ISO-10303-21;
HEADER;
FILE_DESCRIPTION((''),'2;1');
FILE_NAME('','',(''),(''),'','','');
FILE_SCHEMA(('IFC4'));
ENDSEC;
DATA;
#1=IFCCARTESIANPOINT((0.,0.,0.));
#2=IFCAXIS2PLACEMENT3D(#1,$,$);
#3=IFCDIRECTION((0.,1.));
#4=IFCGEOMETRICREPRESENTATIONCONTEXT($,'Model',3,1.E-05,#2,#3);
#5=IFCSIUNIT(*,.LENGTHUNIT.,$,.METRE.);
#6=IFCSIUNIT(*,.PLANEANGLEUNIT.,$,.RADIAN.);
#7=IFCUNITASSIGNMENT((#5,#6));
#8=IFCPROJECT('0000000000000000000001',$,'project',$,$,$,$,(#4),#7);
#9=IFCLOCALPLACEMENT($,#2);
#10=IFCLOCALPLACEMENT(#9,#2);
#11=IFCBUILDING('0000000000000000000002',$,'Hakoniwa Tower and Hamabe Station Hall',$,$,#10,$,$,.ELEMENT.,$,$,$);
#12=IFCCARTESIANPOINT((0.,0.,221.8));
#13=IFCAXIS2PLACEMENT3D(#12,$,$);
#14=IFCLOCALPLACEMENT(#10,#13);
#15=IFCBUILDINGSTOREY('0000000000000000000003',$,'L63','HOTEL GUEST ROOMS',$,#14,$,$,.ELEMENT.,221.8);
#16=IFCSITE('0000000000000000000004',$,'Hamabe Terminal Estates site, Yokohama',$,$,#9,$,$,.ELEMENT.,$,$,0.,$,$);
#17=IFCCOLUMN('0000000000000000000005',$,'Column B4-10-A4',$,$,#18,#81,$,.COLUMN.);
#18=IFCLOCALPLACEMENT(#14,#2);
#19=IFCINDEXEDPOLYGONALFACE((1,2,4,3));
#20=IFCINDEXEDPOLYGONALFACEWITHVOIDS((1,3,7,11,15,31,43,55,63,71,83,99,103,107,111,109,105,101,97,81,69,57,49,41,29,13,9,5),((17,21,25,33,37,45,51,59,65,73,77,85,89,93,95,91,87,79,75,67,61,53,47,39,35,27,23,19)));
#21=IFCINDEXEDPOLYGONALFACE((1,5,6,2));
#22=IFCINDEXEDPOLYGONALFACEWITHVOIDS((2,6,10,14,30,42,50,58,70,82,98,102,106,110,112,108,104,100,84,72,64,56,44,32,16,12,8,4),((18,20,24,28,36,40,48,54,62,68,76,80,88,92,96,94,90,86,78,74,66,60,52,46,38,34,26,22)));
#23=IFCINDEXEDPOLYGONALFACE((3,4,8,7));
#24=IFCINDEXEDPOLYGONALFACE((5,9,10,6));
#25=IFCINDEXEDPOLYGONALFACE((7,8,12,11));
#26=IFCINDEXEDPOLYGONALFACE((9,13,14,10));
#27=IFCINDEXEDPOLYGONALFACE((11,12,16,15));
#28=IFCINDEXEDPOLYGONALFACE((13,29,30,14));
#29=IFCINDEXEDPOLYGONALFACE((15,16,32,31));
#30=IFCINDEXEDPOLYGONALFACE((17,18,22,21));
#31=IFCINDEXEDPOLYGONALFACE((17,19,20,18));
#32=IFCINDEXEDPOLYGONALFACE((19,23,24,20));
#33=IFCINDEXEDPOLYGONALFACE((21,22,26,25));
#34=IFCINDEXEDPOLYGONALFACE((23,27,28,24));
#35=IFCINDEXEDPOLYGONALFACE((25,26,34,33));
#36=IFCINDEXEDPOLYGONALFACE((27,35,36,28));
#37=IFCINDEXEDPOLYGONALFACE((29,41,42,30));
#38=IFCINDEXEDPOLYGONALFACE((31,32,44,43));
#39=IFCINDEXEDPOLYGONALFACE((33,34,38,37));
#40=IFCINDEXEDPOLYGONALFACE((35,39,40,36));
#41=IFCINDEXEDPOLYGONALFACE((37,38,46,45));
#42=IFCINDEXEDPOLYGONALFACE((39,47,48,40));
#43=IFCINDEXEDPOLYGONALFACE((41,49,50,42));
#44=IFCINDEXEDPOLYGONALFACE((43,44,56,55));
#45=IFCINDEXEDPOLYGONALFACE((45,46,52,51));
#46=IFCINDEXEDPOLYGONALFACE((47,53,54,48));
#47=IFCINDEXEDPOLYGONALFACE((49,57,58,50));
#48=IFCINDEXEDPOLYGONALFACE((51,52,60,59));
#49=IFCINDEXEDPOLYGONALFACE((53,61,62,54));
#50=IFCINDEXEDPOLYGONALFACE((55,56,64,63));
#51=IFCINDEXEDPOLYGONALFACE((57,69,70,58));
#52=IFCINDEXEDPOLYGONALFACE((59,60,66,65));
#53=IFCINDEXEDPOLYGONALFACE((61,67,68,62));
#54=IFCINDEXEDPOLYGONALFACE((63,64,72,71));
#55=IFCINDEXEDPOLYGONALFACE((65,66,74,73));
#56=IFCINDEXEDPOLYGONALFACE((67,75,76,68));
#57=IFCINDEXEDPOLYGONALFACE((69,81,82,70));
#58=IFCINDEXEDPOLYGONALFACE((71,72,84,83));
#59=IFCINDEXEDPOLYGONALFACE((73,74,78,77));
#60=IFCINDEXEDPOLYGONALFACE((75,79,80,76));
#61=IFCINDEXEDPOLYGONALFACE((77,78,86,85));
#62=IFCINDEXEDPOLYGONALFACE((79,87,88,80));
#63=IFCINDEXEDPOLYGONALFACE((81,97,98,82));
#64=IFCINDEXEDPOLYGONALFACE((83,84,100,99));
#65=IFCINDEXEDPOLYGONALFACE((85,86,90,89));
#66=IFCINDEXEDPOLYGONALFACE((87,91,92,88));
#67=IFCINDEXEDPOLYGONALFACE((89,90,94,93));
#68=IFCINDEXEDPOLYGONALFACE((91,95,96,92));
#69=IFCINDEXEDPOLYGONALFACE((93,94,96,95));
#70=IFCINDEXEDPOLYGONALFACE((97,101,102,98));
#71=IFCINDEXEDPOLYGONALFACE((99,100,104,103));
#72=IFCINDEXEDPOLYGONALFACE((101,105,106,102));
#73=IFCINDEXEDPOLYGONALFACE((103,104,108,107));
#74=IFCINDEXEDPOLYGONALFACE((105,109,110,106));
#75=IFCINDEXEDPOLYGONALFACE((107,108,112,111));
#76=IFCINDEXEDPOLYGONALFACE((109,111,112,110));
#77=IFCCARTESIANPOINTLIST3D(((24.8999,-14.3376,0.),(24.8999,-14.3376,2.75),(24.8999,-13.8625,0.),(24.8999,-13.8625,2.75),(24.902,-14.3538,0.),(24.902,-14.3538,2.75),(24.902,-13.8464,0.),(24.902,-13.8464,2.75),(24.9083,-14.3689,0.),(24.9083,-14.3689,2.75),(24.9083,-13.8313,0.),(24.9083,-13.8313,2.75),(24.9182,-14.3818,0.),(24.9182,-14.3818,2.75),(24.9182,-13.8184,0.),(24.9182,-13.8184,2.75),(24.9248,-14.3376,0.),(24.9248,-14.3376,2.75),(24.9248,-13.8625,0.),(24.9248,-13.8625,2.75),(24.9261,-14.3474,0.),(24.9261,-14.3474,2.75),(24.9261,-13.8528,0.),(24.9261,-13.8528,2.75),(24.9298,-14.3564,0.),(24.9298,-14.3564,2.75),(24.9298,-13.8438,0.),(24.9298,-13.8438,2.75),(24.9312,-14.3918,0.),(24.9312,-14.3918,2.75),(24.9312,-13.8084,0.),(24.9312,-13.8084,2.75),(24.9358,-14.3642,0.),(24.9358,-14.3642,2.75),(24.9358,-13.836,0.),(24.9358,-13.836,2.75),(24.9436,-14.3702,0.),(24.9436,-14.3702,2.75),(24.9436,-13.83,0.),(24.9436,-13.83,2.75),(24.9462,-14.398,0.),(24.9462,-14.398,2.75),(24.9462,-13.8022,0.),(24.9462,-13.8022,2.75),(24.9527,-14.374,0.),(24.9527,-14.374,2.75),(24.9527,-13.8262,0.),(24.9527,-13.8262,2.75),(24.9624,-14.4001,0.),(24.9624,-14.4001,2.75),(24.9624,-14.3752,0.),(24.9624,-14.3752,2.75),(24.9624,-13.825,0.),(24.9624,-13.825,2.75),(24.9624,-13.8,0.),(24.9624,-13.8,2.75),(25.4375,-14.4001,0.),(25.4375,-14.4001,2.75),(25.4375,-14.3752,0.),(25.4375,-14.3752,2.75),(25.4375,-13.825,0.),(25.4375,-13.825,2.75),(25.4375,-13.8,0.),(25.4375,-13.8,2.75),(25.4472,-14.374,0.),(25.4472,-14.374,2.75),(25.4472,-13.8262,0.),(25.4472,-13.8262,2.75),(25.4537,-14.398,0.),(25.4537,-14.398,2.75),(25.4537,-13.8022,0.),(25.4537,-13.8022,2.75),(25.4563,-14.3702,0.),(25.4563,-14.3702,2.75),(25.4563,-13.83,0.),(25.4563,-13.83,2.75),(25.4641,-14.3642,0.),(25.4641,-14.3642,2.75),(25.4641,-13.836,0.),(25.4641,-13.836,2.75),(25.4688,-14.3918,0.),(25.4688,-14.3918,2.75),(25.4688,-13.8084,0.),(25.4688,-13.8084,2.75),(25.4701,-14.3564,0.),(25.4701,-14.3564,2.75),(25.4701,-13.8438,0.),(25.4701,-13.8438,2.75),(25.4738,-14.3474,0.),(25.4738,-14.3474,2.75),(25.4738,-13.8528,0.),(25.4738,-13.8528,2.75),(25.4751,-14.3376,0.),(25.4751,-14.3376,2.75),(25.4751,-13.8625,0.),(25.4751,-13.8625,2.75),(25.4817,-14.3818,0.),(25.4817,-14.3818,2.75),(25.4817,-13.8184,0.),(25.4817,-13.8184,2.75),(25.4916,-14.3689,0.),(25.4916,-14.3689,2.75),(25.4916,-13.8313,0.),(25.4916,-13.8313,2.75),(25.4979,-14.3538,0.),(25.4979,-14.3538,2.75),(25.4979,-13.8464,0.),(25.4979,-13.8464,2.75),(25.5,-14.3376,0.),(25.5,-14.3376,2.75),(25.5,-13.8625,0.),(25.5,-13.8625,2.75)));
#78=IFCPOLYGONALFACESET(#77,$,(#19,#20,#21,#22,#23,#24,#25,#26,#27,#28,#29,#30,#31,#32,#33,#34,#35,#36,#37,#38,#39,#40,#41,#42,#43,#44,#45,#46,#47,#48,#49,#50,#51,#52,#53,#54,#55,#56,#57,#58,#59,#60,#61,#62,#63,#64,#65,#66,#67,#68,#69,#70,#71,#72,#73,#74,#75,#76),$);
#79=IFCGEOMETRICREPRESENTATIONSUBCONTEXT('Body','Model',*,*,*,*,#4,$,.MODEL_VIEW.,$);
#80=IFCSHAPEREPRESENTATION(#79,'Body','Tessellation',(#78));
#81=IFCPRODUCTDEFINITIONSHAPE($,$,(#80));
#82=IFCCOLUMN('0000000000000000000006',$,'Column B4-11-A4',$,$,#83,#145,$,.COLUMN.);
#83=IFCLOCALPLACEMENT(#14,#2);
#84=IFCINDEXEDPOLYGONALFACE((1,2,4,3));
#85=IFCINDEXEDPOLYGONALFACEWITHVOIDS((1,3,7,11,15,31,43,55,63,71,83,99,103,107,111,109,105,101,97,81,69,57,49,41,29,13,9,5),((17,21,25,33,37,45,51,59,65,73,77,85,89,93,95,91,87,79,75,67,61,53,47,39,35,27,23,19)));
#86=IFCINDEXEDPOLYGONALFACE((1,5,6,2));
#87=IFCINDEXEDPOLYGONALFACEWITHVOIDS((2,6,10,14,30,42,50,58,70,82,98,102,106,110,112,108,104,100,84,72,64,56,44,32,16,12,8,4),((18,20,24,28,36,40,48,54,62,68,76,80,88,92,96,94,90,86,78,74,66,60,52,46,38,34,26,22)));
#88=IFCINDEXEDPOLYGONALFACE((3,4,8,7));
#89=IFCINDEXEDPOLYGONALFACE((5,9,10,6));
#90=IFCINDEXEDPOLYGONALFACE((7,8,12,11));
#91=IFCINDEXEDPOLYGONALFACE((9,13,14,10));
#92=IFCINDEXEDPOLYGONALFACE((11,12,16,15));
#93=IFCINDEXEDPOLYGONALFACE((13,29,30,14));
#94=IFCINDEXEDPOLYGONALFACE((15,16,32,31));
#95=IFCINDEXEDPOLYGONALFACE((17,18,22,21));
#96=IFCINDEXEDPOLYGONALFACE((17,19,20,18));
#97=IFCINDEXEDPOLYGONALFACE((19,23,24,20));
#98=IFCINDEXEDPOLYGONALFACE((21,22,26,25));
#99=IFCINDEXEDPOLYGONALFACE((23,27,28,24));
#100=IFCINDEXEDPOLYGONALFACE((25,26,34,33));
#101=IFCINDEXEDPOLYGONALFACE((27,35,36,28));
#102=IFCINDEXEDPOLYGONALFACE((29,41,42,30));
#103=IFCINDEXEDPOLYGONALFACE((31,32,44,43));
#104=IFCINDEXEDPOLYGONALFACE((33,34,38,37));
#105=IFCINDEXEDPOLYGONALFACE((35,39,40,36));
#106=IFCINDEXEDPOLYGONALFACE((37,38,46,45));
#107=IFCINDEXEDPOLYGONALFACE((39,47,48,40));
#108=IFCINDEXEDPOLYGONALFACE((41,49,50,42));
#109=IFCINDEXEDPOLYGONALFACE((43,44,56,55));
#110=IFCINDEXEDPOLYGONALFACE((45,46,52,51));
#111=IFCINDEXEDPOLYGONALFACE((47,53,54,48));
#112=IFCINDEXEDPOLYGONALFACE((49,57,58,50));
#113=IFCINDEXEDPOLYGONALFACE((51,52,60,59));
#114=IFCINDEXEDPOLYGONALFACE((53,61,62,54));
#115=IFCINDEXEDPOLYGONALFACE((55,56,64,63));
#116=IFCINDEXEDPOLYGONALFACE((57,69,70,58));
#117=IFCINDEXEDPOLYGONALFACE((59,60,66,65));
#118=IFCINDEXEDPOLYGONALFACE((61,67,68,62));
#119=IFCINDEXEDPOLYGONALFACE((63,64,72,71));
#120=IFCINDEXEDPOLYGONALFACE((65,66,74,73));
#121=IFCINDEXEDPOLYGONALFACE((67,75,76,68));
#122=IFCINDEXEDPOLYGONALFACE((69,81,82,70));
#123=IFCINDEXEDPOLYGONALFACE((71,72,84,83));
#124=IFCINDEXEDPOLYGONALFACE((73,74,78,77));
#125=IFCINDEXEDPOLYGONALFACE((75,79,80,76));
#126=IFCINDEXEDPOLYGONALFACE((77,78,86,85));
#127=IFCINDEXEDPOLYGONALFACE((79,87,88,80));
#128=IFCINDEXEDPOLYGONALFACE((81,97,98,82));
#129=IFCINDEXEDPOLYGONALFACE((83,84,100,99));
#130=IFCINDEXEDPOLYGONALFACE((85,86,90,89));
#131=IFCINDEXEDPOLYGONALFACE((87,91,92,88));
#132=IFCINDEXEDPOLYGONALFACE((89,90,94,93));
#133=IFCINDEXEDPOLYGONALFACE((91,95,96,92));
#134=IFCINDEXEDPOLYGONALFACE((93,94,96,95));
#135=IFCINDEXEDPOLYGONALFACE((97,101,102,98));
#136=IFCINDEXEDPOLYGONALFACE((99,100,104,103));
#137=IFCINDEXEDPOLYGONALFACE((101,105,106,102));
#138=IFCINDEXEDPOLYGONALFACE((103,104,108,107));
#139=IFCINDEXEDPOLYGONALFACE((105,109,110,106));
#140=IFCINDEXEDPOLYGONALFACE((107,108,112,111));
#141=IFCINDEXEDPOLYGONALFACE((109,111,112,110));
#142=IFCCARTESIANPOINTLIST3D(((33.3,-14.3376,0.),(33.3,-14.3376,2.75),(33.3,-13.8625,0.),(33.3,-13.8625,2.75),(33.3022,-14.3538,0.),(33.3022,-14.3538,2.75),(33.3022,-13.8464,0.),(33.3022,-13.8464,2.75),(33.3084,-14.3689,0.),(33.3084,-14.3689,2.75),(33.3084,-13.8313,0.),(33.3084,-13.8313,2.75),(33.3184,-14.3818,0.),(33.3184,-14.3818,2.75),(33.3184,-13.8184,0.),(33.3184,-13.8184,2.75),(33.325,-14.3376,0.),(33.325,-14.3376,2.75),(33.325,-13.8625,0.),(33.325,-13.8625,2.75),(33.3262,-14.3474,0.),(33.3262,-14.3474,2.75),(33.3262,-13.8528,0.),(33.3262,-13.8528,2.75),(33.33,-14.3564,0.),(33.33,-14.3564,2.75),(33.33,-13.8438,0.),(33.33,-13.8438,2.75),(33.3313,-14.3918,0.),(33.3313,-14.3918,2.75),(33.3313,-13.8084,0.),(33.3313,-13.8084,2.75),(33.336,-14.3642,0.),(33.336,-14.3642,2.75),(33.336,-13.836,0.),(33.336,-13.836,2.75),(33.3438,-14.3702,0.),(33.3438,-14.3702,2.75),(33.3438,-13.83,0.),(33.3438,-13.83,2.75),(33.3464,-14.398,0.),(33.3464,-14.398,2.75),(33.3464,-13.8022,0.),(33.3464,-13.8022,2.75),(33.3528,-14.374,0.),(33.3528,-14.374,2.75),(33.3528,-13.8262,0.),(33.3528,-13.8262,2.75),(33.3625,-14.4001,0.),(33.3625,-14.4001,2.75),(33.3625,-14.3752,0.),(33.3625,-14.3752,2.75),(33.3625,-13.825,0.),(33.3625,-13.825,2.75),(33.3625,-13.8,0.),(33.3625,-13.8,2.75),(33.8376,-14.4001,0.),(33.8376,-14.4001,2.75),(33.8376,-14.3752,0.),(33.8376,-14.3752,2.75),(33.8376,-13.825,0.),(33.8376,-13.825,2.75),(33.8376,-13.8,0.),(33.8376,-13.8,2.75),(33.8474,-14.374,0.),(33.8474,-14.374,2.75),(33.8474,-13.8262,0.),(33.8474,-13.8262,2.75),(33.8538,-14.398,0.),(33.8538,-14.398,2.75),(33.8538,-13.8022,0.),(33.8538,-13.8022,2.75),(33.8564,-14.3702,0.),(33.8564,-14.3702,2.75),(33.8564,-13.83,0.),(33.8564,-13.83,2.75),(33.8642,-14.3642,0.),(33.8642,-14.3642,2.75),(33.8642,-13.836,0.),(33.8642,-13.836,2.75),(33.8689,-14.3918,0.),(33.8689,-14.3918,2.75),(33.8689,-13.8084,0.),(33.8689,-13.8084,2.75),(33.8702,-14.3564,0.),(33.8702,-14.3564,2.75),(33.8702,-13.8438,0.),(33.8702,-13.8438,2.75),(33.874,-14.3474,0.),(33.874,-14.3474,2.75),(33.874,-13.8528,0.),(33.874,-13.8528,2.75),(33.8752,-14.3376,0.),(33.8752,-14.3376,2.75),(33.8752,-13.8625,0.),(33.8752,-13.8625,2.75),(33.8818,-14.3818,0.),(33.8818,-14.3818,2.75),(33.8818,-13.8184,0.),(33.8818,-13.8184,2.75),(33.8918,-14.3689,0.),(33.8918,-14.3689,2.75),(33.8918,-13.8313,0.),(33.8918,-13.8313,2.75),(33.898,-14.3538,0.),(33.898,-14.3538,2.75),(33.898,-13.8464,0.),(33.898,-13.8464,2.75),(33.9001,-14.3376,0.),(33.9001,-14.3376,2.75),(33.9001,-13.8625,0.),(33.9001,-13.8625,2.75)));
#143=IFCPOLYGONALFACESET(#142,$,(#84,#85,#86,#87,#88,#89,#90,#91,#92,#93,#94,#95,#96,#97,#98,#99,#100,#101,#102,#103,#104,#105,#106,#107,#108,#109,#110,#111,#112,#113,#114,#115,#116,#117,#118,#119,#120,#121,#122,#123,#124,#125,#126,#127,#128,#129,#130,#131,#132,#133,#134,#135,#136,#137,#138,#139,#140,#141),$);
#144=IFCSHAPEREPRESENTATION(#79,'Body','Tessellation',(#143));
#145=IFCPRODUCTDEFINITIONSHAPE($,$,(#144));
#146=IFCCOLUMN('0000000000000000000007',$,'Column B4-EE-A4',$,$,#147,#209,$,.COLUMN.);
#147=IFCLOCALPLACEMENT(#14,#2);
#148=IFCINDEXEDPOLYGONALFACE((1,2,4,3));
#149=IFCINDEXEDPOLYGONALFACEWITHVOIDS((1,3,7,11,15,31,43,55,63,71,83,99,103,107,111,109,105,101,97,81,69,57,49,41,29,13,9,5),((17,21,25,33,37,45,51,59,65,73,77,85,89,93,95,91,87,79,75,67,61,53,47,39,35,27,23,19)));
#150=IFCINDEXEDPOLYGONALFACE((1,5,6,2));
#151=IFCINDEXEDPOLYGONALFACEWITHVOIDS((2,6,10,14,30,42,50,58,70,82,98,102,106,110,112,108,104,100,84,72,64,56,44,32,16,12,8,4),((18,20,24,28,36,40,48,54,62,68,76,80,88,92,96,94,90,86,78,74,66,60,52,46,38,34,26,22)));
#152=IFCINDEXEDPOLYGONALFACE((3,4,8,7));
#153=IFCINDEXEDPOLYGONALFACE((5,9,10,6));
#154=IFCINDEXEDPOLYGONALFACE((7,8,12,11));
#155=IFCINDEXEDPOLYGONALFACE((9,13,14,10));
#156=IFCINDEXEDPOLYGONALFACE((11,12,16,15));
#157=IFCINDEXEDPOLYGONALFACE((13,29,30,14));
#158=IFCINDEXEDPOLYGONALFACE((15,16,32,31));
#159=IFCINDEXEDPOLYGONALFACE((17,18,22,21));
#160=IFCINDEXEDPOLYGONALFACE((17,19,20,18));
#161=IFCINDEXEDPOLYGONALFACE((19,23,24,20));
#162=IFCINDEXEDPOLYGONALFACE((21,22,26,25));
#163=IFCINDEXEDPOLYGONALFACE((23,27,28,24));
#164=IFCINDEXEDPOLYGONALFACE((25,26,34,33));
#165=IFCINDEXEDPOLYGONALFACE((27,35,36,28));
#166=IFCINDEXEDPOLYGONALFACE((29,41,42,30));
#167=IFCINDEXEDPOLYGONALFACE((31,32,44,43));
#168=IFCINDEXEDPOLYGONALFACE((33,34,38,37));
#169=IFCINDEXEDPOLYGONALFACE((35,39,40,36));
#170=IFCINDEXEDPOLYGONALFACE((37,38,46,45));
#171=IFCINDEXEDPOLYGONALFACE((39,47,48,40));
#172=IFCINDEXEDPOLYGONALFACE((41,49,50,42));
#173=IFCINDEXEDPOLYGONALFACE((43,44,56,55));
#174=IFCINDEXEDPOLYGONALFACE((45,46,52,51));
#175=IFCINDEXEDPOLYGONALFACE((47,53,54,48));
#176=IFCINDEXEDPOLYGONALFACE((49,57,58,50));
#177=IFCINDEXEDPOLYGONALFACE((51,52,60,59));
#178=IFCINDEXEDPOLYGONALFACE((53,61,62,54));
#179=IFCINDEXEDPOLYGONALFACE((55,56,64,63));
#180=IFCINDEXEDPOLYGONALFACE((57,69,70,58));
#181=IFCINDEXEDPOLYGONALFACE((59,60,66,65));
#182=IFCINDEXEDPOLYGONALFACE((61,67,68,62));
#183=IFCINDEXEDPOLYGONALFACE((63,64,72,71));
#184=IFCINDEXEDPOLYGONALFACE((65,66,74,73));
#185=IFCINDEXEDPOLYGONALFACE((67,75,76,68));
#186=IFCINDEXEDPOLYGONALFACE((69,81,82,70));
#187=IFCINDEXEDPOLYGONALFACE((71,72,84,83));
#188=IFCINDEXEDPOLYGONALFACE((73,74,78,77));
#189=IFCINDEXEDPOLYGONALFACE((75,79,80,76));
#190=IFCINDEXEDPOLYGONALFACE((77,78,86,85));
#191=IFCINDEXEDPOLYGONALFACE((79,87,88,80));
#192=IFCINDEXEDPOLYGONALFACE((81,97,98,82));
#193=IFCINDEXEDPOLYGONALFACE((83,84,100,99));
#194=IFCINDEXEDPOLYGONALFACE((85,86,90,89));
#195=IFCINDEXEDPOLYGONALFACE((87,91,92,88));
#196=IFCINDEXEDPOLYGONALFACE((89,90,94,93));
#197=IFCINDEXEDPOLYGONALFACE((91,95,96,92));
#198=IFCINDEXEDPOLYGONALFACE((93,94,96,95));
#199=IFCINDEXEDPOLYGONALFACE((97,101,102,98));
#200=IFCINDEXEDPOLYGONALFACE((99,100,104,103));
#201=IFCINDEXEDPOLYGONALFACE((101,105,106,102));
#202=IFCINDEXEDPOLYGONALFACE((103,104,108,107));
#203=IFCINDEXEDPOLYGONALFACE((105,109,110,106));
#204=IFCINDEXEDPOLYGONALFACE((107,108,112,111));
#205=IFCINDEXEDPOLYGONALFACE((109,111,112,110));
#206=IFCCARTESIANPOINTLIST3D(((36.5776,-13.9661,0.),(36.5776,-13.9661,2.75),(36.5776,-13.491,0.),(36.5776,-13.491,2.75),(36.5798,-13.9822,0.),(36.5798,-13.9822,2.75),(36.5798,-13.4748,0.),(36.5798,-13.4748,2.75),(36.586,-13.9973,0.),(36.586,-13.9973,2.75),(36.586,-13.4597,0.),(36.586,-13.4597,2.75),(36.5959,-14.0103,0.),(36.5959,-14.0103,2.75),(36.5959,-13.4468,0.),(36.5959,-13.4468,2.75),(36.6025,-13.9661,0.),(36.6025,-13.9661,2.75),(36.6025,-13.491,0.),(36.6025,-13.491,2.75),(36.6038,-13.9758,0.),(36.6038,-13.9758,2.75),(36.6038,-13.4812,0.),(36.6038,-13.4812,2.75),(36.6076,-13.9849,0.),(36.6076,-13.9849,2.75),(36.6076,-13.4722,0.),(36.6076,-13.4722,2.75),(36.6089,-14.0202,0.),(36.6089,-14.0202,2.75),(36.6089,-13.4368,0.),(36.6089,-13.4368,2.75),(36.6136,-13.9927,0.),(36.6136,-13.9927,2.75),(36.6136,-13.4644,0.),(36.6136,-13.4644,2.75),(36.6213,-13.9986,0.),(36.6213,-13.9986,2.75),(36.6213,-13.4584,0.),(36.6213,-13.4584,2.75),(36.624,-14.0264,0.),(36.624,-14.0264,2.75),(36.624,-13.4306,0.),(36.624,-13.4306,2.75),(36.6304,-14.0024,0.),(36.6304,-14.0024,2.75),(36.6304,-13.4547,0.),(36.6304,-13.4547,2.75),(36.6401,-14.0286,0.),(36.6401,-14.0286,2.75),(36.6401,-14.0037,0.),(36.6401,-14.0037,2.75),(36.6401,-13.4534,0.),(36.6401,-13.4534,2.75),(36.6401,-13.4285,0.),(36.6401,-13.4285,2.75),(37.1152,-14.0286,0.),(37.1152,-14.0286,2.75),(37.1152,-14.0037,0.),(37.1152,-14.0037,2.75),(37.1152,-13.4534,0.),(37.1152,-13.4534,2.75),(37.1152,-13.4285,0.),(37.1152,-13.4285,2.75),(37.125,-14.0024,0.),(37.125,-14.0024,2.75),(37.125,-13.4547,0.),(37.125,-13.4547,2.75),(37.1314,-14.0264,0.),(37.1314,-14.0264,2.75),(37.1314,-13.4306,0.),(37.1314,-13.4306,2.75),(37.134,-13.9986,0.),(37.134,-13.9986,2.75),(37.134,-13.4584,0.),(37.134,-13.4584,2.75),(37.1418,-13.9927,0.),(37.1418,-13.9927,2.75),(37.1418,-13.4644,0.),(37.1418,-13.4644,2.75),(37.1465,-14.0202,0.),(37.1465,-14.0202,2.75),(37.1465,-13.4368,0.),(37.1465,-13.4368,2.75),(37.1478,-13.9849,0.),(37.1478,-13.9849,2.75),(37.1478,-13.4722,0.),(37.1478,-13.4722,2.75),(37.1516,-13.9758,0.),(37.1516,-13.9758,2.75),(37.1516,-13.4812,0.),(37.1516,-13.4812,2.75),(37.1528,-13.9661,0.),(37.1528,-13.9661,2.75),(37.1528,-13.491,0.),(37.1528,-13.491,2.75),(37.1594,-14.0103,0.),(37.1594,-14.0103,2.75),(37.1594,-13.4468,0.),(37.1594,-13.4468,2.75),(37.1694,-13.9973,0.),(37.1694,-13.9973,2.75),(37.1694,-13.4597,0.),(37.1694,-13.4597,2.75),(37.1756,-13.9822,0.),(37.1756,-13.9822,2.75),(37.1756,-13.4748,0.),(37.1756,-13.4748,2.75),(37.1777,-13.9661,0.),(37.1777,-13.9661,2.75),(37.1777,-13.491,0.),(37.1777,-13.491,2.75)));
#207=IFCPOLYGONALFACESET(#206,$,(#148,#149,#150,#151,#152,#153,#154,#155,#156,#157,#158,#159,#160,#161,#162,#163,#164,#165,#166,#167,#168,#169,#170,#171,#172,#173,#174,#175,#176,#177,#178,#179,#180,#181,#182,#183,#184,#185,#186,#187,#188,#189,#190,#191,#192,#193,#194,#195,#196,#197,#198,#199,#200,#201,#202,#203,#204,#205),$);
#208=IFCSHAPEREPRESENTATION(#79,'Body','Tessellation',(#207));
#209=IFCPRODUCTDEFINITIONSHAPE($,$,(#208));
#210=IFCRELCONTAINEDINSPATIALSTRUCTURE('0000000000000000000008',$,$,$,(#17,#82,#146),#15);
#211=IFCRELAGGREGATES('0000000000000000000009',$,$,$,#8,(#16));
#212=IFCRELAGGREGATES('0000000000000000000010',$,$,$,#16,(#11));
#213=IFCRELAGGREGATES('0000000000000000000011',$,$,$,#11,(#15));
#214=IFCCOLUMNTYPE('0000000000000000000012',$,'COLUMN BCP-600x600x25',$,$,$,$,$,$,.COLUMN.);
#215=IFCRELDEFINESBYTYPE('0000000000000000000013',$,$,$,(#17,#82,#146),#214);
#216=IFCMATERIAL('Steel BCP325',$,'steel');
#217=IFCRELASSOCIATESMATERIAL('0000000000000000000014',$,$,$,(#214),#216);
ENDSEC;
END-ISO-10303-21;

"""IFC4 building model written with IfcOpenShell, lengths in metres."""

from ifc_helpers import new_model, si_unit, direction, frame, origin, origin_2d, place, context, subcontext, project, spatial, hollow_rectangle, extrude, material, material_profile, profile_set, type_object, element, save


model = new_model("IFC4")

# Units and contexts
model_context = context("Model", 3, precision=1e-05, world=origin(), true_north=direction((0.0, 1.0)))
body_context = subcontext(model_context, "Body", "Model", "MODEL_VIEW")
ifc_project = project(units=[si_unit("LENGTHUNIT", "METRE"), si_unit("PLANEANGLEUNIT", "RADIAN")], contexts=[model_context])

# Site, building, storey
site_placement = place(None, origin())
site = spatial("IfcSite", under=ifc_project, at=site_placement, Name="Hamabe Terminal Estates site, Yokohama", CompositionType="ELEMENT", RefElevation=0.0)
building_placement = place(site_placement, origin())
building = spatial("IfcBuilding", under=site, at=building_placement, Name="Hakoniwa Tower and Hamabe Station Hall", CompositionType="ELEMENT")
storey_placement = place(building_placement, frame((0.0, 0.0, 221.8)))
storey = spatial("IfcBuildingStorey", under=building, at=storey_placement, Name="L63", Description="HOTEL GUEST ROOMS", CompositionType="ELEMENT", Elevation=221.8)

# Columns
ifc_material_1 = material(Name="Steel BCP325", Category="steel")
ifc_material_profile_1 = material_profile(ifc_material_1, hollow_rectangle(XDim=0.6001, YDim=0.6001, WallThickness=0.0249, InnerFilletRadius=0.0376, OuterFilletRadius=0.0625, at=origin_2d()), Name="BCP-600x600x25")
ifc_profile_set_1 = profile_set([ifc_material_profile_1], Name="Steel BCP325")
column_type = type_object("IfcColumnType", Name="COLUMN BCP-600x600x25", PredefinedType="COLUMN", material=ifc_profile_set_1)
for number, where, z_axis, x_axis, name in (
    (1, (25.2, -14.1001, 0.0), (0.0, 0.0, 1.0), (1.0, 0.0, 0.0), "Column B4-10-A4"),
    (2, (33.6001, -14.1001, 0.0), (0.0, 0.0, 1.0), (1.0, 0.0, 0.0), "Column B4-11-A4"),
    (3, (36.8777, -13.7285, 0.0), (0.0, 0.0, 1.0), (1.0, 0.0, 0.0), "Column B4-EE-A4"),
):
    element("IfcColumn", number, at=place(storey_placement, frame(where, z_axis=z_axis, x_axis=x_axis)), inside=storey, type_object=column_type, Name=name, PredefinedType="COLUMN", context=body_context, shape_type="SweptSolid", body=[
        extrude(hollow_rectangle(XDim=0.6001, YDim=0.6001, WallThickness=0.0249, InnerFilletRadius=0.0376, OuterFilletRadius=0.0625, at=origin_2d()), origin(), (0.0, 0.0, 1.0), 2.75),
    ])

save(model, "model.ifc")
